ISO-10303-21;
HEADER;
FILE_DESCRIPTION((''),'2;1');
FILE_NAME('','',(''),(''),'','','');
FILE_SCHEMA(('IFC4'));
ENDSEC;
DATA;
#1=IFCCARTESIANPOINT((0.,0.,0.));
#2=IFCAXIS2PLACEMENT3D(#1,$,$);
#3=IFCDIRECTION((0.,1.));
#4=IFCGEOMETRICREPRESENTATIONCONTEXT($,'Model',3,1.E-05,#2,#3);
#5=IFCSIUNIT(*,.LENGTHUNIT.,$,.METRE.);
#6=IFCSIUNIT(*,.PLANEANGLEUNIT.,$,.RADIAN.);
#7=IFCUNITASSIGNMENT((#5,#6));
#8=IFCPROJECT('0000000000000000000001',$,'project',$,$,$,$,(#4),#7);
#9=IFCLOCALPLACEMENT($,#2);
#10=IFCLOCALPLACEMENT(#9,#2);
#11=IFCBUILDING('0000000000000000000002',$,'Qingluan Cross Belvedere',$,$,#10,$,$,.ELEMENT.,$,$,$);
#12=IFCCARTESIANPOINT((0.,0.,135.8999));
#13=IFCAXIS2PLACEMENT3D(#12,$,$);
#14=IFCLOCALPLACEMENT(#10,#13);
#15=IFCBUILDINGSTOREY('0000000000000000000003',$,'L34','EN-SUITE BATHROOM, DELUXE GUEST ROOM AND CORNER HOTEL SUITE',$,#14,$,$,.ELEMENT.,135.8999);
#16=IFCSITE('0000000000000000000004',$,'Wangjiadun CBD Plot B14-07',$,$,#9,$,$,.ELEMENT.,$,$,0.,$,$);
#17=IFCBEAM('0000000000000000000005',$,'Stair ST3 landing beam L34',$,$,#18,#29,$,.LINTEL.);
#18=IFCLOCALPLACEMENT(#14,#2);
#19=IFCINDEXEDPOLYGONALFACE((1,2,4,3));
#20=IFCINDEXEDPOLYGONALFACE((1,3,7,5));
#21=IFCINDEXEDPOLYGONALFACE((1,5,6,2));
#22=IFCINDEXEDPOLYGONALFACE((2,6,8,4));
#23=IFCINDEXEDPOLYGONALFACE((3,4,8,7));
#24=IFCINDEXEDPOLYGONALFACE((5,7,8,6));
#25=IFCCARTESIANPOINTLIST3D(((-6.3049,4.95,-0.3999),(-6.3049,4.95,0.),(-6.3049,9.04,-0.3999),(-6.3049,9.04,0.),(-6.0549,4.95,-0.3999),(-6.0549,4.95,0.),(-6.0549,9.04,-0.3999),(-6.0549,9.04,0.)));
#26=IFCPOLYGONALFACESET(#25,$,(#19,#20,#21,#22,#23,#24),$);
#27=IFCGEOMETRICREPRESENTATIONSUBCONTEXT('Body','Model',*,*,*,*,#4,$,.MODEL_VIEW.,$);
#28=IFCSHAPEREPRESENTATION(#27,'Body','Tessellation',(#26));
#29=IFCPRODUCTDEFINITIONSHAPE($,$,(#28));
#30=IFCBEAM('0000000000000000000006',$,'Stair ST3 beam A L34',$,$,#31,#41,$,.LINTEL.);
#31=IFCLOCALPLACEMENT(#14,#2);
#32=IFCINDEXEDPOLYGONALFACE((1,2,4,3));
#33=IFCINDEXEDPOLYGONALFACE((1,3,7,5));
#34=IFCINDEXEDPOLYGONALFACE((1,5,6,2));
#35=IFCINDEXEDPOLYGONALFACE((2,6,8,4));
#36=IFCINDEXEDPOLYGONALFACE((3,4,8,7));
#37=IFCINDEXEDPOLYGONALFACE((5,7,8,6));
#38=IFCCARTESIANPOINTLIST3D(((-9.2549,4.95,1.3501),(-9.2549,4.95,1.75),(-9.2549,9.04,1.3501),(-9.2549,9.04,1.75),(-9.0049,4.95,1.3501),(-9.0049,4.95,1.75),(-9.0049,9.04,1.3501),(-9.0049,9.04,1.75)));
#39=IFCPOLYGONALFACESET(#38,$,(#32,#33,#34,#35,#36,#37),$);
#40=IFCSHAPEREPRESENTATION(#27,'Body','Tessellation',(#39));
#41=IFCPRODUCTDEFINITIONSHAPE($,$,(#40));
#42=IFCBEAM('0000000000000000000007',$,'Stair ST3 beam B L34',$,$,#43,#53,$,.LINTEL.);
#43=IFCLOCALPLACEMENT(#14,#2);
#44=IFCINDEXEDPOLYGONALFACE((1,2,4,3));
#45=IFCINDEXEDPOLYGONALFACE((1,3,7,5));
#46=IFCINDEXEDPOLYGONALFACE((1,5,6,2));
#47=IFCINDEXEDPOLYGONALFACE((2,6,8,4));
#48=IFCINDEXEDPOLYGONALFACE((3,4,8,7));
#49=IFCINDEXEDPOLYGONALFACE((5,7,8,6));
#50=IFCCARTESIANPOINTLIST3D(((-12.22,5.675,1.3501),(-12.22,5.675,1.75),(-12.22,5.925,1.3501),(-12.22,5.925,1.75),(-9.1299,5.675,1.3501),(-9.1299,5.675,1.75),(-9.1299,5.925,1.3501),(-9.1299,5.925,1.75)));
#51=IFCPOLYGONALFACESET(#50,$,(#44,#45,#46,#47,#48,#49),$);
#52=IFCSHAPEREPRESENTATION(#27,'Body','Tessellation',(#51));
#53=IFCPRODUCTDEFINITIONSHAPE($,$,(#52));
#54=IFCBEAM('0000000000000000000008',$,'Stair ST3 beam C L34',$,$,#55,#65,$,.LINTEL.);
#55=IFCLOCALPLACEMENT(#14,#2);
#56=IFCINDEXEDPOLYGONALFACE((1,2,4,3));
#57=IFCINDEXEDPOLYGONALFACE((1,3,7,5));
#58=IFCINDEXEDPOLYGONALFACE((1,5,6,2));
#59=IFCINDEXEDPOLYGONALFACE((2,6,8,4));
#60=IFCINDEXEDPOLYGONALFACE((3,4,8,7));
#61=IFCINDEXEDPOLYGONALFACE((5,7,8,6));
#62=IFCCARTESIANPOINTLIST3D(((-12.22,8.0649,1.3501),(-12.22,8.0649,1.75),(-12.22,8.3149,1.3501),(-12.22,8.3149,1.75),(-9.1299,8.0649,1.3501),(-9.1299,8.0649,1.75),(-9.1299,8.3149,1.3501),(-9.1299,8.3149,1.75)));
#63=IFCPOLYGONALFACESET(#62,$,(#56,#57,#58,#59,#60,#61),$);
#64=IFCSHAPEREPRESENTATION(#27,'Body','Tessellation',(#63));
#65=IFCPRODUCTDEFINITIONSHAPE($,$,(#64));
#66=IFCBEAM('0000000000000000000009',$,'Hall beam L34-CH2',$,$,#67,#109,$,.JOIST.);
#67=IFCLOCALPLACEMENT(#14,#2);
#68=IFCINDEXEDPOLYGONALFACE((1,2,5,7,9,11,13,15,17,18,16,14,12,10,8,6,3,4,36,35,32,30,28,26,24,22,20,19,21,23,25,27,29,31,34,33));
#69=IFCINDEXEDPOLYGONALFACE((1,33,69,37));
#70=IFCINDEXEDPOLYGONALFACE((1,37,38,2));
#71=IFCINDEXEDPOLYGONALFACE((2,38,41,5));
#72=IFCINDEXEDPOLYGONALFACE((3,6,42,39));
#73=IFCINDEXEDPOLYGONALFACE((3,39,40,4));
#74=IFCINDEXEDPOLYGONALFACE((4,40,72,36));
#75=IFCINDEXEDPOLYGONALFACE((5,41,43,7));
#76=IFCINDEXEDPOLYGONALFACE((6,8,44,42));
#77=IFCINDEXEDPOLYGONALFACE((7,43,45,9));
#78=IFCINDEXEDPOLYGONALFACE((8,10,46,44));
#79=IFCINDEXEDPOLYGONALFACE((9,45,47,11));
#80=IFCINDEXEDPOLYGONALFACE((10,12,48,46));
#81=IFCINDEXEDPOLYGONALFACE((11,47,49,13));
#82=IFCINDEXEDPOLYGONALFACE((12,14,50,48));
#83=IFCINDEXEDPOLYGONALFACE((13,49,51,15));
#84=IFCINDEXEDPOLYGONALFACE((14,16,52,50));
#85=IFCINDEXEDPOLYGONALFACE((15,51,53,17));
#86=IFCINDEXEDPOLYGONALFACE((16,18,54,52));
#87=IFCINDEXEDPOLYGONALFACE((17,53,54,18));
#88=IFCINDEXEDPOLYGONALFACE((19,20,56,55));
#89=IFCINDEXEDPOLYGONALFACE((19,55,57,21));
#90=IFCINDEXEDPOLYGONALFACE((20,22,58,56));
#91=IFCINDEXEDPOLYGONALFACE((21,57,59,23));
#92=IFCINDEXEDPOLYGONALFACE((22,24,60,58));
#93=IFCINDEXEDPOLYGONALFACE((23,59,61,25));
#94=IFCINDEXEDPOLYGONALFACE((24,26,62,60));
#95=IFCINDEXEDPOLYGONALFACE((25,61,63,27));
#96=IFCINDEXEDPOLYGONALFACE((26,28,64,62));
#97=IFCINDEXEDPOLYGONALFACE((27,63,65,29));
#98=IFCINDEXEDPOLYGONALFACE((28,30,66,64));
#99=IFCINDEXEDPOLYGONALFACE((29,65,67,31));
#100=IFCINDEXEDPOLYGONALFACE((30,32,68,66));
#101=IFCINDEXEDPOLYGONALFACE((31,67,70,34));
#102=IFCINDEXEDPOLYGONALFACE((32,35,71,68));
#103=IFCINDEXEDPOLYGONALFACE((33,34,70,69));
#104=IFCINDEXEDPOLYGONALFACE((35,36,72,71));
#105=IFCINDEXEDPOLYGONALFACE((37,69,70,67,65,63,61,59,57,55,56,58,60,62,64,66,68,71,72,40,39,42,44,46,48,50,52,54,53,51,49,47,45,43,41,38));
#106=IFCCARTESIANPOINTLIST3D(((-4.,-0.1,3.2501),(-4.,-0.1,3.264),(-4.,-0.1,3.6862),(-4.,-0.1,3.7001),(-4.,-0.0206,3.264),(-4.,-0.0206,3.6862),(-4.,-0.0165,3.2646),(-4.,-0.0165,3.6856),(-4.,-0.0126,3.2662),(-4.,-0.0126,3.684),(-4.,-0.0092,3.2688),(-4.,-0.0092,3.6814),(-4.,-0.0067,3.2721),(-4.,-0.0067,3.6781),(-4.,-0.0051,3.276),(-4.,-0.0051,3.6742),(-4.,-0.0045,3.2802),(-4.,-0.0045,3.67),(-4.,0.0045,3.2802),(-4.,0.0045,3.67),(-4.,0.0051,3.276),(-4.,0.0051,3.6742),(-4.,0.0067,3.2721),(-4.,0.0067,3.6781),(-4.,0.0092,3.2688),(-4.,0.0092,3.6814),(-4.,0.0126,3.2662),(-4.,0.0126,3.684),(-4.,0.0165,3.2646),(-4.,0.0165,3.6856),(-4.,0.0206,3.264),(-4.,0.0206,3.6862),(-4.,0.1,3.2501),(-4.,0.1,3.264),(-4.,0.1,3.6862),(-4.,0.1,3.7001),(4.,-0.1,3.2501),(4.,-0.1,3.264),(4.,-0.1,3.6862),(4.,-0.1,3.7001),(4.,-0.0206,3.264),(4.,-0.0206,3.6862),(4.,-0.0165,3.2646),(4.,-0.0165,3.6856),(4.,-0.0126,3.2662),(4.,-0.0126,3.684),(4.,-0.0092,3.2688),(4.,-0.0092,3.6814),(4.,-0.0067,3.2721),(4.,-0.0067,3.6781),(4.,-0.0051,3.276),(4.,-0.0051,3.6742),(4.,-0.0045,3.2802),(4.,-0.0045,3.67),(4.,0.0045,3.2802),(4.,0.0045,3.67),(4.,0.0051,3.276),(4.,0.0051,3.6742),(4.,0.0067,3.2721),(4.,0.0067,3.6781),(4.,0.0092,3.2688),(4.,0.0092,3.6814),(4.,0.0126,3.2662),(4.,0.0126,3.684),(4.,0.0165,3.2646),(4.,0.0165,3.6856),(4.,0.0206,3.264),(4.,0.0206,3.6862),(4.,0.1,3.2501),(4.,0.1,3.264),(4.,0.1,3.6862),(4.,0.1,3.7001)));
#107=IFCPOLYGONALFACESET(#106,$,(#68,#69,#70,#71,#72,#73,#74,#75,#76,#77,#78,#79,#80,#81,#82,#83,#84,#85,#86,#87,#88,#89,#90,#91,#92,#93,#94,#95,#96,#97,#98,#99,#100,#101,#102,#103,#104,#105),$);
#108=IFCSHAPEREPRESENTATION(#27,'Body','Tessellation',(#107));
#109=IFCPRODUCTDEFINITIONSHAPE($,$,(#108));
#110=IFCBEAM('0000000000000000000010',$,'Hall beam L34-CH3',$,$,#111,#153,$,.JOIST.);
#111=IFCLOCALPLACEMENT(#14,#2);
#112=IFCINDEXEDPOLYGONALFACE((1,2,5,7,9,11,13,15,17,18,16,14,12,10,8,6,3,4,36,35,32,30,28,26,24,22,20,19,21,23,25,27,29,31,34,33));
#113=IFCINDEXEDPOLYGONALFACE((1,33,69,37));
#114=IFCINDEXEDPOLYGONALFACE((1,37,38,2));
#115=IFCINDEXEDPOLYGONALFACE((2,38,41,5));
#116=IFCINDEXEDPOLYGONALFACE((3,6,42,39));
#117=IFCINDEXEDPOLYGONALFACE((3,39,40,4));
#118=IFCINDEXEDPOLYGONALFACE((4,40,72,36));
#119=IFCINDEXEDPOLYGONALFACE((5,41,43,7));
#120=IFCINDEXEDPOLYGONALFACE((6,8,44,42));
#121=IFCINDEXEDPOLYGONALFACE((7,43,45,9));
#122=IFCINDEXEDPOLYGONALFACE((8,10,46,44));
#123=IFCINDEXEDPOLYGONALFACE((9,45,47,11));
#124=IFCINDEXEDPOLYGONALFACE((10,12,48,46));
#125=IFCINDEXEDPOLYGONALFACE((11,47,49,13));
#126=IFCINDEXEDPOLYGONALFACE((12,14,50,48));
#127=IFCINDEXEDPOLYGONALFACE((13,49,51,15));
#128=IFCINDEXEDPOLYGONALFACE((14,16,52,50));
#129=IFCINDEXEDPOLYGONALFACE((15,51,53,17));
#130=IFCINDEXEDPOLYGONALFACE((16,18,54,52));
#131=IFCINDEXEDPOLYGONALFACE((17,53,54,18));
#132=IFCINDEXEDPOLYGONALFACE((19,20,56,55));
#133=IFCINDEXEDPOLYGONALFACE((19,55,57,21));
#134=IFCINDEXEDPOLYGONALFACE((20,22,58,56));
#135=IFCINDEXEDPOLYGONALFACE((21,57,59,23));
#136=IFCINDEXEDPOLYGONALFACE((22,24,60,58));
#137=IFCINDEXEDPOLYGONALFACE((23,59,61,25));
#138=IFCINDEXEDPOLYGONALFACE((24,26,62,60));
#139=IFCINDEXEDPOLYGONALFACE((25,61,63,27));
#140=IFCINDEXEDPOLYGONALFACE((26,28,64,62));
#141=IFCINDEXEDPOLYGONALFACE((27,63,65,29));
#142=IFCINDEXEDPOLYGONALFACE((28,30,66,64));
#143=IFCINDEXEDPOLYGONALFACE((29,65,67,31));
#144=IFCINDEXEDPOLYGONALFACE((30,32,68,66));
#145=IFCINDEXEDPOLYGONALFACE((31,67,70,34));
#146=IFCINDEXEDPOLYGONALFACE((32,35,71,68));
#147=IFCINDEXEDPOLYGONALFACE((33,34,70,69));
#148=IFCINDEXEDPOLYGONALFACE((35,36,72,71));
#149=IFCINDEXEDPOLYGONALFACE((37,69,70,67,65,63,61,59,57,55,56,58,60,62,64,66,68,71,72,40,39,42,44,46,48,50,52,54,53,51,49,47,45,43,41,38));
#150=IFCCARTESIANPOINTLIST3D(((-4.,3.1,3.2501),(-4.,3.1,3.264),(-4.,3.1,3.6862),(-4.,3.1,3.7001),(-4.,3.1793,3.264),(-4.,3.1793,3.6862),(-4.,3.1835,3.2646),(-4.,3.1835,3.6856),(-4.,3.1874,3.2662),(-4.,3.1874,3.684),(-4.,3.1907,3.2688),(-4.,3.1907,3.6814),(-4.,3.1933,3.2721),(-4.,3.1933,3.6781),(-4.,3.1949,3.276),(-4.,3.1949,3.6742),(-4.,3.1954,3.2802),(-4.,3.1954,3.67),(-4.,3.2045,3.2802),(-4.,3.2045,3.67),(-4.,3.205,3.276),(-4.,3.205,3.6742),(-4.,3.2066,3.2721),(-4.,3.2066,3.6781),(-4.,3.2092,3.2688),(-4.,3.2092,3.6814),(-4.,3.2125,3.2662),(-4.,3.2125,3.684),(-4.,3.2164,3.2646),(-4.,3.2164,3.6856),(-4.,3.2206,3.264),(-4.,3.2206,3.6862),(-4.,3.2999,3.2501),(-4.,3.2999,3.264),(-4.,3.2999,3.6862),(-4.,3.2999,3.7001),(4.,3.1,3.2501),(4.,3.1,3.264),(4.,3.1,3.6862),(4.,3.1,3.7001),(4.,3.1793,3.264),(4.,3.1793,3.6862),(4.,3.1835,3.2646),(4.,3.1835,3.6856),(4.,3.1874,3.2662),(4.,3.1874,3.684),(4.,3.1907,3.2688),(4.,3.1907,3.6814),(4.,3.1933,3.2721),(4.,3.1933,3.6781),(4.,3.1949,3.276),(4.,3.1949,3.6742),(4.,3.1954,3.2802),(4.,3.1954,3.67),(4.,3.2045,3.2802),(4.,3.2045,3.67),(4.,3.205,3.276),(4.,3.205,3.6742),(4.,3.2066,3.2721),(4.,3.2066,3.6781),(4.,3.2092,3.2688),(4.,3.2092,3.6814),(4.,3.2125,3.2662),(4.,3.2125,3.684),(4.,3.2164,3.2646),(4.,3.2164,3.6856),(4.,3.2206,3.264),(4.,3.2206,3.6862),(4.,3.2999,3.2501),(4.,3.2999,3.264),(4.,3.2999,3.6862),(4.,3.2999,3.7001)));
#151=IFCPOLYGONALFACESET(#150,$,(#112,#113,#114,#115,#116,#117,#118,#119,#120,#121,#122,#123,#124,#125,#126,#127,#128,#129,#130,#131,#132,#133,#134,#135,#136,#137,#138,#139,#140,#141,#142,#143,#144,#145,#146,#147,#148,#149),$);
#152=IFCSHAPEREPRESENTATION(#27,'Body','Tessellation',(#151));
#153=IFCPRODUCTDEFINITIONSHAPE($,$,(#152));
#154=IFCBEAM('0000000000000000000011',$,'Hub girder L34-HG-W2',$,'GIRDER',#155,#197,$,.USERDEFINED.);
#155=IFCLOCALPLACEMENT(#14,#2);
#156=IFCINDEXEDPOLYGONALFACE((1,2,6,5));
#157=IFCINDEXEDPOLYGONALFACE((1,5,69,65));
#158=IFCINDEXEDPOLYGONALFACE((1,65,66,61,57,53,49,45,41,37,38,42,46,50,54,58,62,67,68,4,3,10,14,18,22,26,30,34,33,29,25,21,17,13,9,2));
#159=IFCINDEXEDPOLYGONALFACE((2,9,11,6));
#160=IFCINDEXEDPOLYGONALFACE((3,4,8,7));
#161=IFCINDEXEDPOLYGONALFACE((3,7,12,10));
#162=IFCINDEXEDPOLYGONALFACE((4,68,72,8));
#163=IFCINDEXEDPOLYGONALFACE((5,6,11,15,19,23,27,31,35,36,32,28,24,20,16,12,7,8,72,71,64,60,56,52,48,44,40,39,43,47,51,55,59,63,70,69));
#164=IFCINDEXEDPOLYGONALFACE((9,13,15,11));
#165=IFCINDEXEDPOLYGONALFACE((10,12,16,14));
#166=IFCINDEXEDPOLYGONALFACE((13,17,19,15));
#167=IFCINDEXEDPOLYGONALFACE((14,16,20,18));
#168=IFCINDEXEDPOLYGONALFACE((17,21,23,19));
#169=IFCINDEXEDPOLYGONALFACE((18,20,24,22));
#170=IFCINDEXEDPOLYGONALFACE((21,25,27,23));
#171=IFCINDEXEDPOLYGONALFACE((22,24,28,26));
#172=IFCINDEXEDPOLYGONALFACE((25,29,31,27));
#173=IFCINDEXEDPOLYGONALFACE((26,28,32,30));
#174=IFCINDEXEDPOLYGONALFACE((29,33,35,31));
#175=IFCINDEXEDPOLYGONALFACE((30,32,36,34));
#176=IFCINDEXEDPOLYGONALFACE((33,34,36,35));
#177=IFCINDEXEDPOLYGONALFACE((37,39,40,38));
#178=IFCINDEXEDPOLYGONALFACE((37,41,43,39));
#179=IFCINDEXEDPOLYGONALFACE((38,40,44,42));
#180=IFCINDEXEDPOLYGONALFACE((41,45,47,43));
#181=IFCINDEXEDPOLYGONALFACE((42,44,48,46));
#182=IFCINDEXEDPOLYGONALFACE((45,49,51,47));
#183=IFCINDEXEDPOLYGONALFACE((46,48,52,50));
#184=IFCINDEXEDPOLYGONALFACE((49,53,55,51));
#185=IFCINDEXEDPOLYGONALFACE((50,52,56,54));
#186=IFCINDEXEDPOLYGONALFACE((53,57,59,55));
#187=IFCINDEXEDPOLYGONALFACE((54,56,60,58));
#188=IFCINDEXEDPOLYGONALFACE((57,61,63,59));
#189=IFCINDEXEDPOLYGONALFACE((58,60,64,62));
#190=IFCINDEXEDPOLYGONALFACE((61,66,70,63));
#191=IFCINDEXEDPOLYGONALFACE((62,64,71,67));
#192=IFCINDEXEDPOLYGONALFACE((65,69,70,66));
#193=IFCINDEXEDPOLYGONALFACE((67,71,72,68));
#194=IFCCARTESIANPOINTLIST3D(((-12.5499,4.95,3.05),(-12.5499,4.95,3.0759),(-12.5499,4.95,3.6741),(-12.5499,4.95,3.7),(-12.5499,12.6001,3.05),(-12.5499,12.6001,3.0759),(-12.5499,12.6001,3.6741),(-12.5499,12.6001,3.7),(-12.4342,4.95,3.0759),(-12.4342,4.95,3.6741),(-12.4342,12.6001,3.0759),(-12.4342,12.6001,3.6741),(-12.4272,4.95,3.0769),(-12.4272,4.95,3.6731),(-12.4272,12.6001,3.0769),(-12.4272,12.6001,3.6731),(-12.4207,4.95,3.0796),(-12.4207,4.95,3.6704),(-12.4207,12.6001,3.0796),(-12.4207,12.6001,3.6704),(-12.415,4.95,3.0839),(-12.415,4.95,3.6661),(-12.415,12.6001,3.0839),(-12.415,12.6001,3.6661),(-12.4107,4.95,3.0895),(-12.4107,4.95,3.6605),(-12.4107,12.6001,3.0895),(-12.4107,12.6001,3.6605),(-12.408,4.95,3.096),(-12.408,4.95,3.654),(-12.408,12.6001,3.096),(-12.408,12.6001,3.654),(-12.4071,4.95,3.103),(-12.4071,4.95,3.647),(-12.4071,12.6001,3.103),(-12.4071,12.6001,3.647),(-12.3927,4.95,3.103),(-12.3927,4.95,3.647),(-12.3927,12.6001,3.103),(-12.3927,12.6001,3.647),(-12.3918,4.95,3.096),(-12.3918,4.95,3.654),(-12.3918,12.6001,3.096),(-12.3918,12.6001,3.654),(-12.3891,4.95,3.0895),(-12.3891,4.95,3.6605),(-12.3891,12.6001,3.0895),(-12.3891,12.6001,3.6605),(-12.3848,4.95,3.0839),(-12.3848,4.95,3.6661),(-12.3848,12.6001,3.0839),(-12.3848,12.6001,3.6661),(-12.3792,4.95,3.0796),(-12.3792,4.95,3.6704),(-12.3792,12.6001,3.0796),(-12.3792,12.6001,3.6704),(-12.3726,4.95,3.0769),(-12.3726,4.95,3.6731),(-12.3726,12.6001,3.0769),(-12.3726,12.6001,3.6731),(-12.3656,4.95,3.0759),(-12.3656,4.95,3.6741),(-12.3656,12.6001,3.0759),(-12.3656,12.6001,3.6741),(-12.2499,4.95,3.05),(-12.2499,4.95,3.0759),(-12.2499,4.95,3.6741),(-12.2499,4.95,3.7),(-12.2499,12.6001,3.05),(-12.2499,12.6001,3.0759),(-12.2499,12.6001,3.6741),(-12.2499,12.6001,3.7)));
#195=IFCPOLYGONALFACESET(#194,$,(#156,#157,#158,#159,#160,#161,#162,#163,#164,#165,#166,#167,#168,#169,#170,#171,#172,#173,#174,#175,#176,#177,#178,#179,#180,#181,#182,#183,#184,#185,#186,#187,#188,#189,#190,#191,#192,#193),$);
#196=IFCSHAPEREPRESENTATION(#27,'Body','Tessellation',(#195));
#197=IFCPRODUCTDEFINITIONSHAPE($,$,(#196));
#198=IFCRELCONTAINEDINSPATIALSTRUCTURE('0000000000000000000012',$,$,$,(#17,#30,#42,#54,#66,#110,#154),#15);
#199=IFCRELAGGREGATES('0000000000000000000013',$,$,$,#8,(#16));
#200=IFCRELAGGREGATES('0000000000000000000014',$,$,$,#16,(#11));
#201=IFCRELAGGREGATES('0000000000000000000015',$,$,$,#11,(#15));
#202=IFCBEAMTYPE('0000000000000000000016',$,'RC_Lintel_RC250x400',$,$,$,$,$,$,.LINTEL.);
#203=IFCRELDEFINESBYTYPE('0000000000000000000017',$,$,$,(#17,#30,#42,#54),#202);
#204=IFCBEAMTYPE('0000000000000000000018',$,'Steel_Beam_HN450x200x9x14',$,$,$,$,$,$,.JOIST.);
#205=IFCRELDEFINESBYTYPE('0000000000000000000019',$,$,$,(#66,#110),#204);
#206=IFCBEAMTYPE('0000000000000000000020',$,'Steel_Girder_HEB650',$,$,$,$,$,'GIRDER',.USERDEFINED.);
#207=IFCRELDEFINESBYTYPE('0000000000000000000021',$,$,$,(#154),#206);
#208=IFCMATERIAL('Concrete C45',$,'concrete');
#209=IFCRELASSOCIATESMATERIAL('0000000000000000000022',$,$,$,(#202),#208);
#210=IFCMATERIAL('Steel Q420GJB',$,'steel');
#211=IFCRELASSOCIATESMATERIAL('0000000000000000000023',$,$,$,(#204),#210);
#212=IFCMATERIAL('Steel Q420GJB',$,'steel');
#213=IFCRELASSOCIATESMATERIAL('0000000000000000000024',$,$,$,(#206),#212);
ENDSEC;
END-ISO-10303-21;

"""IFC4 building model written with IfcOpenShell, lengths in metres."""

from ifc_helpers import new_model, si_unit, direction, frame, origin, origin_2d, place, context, subcontext, project, spatial, rectangle, i_section, extrude, material, material_profile, profile_set, type_object, element, save


model = new_model("IFC4")

# Units and contexts
model_context = context("Model", 3, precision=1e-05, world=origin(), true_north=direction((0.0, 1.0)))
body_context = subcontext(model_context, "Body", "Model", "MODEL_VIEW")
ifc_project = project(units=[si_unit("LENGTHUNIT", "METRE"), si_unit("PLANEANGLEUNIT", "RADIAN")], contexts=[model_context])

# Site, building, storey
site_placement = place(None, origin())
site = spatial("IfcSite", under=ifc_project, at=site_placement, Name="Wangjiadun CBD Plot B14-07", CompositionType="ELEMENT", RefElevation=0.0)
building_placement = place(site_placement, origin())
building = spatial("IfcBuilding", under=site, at=building_placement, Name="Qingluan Cross Belvedere", CompositionType="ELEMENT")
storey_placement = place(building_placement, frame((0.0, 0.0, 135.8999)))
storey = spatial("IfcBuildingStorey", under=building, at=storey_placement, Name="L34", Description="EN-SUITE BATHROOM, DELUXE GUEST ROOM AND CORNER HOTEL SUITE", CompositionType="ELEMENT", Elevation=135.8999)

# Beams
ifc_material_1 = material(Name="Concrete C45", Category="concrete")
ifc_material_profile_1 = material_profile(ifc_material_1, rectangle(XDim=0.25, YDim=0.3999, at=origin_2d()), Name="RC250x400")
ifc_profile_set_1 = profile_set([ifc_material_profile_1], Name="Concrete C45")
beam_type_1 = type_object("IfcBeamType", Name="RC_Lintel_RC250x400", PredefinedType="LINTEL", material=ifc_profile_set_1)
for number, where, z_axis, x_axis, name in (
    (1, (-6.1799, 4.95, -0.2), (0.0, 1.0, 0.0), (-1.0, 0.0, 0.0), "Stair ST3 landing beam L34"),
    (2, (-9.1299, 4.95, 1.55), (0.0, 1.0, 0.0), (-1.0, 0.0, 0.0), "Stair ST3 beam A L34"),
):
    element("IfcBeam", number, at=place(storey_placement, frame(where, z_axis=z_axis, x_axis=x_axis)), inside=storey, type_object=beam_type_1, Name=name, PredefinedType="LINTEL", context=body_context, shape_type="SweptSolid", body=[
        extrude(rectangle(XDim=0.25, YDim=0.3999, at=origin_2d()), origin(), (0.0, 0.0, 1.0), 4.0901),
    ])
for number, where, z_axis, x_axis, name in (
    (3, (-12.22, 5.8, 1.55), (1.0, 0.0, 0.0), (0.0, 1.0, 0.0), "Stair ST3 beam B L34"),
    (4, (-12.22, 8.1899, 1.55), (1.0, 0.0, 0.0), (0.0, 1.0, 0.0), "Stair ST3 beam C L34"),
):
    element("IfcBeam", number, at=place(storey_placement, frame(where, z_axis=z_axis, x_axis=x_axis)), inside=storey, type_object=beam_type_1, Name=name, PredefinedType="LINTEL", context=body_context, shape_type="SweptSolid", body=[
        extrude(rectangle(XDim=0.25, YDim=0.3999, at=origin_2d()), origin(), (0.0, 0.0, 1.0), 3.0901),
    ])
ifc_material_2 = material(Name="Steel Q420GJB", Category="steel")
ifc_material_profile_2 = material_profile(ifc_material_2, i_section(OverallWidth=0.2, OverallDepth=0.45, WebThickness=0.009, FlangeThickness=0.0139, FilletRadius=0.0161, at=origin_2d()), Name="HN450x200x9x14")
ifc_profile_set_2 = profile_set([ifc_material_profile_2], Name="Steel Q420GJB")
beam_type_2 = type_object("IfcBeamType", Name="Steel_Beam_HN450x200x9x14", PredefinedType="JOIST", material=ifc_profile_set_2)
for number, where, z_axis, x_axis, name in (
    (5, (-4.0, 0.0, 3.4751), (1.0, 0.0, 0.0), (0.0, 1.0, 0.0), "Hall beam L34-CH2"),
    (6, (-4.0, 3.2, 3.4751), (1.0, 0.0, 0.0), (0.0, 1.0, 0.0), "Hall beam L34-CH3"),
):
    element("IfcBeam", number, at=place(storey_placement, frame(where, z_axis=z_axis, x_axis=x_axis)), inside=storey, type_object=beam_type_2, Name=name, PredefinedType="JOIST", context=body_context, shape_type="SweptSolid", body=[
        extrude(i_section(OverallWidth=0.2, OverallDepth=0.45, WebThickness=0.009, FlangeThickness=0.0139, FilletRadius=0.0161, at=origin_2d()), origin(), (0.0, 0.0, 1.0), 8.0),
    ])
ifc_material_3 = material(Name="Steel Q420GJB", Category="steel")
ifc_material_profile_3 = material_profile(ifc_material_3, i_section(OverallWidth=0.3, OverallDepth=0.6499, WebThickness=0.0144, FlangeThickness=0.0259, FilletRadius=0.0271, at=origin_2d()), Name="HEB650")
ifc_profile_set_3 = profile_set([ifc_material_profile_3], Name="Steel Q420GJB")
beam_type_3 = type_object("IfcBeamType", Name="Steel_Girder_HEB650", ElementType="GIRDER", PredefinedType="USERDEFINED", material=ifc_profile_set_3)
beam_1_placement = place(storey_placement, frame((-12.3999, 4.95, 3.375), z_axis=(0.0, 1.0, 0.0), x_axis=(-1.0, 0.0, 0.0)))
element("IfcBeam", 7, at=beam_1_placement, inside=storey, type_object=beam_type_3, Name="Hub girder L34-HG-W2", ObjectType="GIRDER", PredefinedType="USERDEFINED", context=body_context, shape_type="SweptSolid", body=[
    extrude(i_section(OverallWidth=0.3, OverallDepth=0.6499, WebThickness=0.0144, FlangeThickness=0.0259, FilletRadius=0.0271, at=origin_2d()), origin(), (0.0, 0.0, 1.0), 7.6501),
])

save(model, "model.ifc")
